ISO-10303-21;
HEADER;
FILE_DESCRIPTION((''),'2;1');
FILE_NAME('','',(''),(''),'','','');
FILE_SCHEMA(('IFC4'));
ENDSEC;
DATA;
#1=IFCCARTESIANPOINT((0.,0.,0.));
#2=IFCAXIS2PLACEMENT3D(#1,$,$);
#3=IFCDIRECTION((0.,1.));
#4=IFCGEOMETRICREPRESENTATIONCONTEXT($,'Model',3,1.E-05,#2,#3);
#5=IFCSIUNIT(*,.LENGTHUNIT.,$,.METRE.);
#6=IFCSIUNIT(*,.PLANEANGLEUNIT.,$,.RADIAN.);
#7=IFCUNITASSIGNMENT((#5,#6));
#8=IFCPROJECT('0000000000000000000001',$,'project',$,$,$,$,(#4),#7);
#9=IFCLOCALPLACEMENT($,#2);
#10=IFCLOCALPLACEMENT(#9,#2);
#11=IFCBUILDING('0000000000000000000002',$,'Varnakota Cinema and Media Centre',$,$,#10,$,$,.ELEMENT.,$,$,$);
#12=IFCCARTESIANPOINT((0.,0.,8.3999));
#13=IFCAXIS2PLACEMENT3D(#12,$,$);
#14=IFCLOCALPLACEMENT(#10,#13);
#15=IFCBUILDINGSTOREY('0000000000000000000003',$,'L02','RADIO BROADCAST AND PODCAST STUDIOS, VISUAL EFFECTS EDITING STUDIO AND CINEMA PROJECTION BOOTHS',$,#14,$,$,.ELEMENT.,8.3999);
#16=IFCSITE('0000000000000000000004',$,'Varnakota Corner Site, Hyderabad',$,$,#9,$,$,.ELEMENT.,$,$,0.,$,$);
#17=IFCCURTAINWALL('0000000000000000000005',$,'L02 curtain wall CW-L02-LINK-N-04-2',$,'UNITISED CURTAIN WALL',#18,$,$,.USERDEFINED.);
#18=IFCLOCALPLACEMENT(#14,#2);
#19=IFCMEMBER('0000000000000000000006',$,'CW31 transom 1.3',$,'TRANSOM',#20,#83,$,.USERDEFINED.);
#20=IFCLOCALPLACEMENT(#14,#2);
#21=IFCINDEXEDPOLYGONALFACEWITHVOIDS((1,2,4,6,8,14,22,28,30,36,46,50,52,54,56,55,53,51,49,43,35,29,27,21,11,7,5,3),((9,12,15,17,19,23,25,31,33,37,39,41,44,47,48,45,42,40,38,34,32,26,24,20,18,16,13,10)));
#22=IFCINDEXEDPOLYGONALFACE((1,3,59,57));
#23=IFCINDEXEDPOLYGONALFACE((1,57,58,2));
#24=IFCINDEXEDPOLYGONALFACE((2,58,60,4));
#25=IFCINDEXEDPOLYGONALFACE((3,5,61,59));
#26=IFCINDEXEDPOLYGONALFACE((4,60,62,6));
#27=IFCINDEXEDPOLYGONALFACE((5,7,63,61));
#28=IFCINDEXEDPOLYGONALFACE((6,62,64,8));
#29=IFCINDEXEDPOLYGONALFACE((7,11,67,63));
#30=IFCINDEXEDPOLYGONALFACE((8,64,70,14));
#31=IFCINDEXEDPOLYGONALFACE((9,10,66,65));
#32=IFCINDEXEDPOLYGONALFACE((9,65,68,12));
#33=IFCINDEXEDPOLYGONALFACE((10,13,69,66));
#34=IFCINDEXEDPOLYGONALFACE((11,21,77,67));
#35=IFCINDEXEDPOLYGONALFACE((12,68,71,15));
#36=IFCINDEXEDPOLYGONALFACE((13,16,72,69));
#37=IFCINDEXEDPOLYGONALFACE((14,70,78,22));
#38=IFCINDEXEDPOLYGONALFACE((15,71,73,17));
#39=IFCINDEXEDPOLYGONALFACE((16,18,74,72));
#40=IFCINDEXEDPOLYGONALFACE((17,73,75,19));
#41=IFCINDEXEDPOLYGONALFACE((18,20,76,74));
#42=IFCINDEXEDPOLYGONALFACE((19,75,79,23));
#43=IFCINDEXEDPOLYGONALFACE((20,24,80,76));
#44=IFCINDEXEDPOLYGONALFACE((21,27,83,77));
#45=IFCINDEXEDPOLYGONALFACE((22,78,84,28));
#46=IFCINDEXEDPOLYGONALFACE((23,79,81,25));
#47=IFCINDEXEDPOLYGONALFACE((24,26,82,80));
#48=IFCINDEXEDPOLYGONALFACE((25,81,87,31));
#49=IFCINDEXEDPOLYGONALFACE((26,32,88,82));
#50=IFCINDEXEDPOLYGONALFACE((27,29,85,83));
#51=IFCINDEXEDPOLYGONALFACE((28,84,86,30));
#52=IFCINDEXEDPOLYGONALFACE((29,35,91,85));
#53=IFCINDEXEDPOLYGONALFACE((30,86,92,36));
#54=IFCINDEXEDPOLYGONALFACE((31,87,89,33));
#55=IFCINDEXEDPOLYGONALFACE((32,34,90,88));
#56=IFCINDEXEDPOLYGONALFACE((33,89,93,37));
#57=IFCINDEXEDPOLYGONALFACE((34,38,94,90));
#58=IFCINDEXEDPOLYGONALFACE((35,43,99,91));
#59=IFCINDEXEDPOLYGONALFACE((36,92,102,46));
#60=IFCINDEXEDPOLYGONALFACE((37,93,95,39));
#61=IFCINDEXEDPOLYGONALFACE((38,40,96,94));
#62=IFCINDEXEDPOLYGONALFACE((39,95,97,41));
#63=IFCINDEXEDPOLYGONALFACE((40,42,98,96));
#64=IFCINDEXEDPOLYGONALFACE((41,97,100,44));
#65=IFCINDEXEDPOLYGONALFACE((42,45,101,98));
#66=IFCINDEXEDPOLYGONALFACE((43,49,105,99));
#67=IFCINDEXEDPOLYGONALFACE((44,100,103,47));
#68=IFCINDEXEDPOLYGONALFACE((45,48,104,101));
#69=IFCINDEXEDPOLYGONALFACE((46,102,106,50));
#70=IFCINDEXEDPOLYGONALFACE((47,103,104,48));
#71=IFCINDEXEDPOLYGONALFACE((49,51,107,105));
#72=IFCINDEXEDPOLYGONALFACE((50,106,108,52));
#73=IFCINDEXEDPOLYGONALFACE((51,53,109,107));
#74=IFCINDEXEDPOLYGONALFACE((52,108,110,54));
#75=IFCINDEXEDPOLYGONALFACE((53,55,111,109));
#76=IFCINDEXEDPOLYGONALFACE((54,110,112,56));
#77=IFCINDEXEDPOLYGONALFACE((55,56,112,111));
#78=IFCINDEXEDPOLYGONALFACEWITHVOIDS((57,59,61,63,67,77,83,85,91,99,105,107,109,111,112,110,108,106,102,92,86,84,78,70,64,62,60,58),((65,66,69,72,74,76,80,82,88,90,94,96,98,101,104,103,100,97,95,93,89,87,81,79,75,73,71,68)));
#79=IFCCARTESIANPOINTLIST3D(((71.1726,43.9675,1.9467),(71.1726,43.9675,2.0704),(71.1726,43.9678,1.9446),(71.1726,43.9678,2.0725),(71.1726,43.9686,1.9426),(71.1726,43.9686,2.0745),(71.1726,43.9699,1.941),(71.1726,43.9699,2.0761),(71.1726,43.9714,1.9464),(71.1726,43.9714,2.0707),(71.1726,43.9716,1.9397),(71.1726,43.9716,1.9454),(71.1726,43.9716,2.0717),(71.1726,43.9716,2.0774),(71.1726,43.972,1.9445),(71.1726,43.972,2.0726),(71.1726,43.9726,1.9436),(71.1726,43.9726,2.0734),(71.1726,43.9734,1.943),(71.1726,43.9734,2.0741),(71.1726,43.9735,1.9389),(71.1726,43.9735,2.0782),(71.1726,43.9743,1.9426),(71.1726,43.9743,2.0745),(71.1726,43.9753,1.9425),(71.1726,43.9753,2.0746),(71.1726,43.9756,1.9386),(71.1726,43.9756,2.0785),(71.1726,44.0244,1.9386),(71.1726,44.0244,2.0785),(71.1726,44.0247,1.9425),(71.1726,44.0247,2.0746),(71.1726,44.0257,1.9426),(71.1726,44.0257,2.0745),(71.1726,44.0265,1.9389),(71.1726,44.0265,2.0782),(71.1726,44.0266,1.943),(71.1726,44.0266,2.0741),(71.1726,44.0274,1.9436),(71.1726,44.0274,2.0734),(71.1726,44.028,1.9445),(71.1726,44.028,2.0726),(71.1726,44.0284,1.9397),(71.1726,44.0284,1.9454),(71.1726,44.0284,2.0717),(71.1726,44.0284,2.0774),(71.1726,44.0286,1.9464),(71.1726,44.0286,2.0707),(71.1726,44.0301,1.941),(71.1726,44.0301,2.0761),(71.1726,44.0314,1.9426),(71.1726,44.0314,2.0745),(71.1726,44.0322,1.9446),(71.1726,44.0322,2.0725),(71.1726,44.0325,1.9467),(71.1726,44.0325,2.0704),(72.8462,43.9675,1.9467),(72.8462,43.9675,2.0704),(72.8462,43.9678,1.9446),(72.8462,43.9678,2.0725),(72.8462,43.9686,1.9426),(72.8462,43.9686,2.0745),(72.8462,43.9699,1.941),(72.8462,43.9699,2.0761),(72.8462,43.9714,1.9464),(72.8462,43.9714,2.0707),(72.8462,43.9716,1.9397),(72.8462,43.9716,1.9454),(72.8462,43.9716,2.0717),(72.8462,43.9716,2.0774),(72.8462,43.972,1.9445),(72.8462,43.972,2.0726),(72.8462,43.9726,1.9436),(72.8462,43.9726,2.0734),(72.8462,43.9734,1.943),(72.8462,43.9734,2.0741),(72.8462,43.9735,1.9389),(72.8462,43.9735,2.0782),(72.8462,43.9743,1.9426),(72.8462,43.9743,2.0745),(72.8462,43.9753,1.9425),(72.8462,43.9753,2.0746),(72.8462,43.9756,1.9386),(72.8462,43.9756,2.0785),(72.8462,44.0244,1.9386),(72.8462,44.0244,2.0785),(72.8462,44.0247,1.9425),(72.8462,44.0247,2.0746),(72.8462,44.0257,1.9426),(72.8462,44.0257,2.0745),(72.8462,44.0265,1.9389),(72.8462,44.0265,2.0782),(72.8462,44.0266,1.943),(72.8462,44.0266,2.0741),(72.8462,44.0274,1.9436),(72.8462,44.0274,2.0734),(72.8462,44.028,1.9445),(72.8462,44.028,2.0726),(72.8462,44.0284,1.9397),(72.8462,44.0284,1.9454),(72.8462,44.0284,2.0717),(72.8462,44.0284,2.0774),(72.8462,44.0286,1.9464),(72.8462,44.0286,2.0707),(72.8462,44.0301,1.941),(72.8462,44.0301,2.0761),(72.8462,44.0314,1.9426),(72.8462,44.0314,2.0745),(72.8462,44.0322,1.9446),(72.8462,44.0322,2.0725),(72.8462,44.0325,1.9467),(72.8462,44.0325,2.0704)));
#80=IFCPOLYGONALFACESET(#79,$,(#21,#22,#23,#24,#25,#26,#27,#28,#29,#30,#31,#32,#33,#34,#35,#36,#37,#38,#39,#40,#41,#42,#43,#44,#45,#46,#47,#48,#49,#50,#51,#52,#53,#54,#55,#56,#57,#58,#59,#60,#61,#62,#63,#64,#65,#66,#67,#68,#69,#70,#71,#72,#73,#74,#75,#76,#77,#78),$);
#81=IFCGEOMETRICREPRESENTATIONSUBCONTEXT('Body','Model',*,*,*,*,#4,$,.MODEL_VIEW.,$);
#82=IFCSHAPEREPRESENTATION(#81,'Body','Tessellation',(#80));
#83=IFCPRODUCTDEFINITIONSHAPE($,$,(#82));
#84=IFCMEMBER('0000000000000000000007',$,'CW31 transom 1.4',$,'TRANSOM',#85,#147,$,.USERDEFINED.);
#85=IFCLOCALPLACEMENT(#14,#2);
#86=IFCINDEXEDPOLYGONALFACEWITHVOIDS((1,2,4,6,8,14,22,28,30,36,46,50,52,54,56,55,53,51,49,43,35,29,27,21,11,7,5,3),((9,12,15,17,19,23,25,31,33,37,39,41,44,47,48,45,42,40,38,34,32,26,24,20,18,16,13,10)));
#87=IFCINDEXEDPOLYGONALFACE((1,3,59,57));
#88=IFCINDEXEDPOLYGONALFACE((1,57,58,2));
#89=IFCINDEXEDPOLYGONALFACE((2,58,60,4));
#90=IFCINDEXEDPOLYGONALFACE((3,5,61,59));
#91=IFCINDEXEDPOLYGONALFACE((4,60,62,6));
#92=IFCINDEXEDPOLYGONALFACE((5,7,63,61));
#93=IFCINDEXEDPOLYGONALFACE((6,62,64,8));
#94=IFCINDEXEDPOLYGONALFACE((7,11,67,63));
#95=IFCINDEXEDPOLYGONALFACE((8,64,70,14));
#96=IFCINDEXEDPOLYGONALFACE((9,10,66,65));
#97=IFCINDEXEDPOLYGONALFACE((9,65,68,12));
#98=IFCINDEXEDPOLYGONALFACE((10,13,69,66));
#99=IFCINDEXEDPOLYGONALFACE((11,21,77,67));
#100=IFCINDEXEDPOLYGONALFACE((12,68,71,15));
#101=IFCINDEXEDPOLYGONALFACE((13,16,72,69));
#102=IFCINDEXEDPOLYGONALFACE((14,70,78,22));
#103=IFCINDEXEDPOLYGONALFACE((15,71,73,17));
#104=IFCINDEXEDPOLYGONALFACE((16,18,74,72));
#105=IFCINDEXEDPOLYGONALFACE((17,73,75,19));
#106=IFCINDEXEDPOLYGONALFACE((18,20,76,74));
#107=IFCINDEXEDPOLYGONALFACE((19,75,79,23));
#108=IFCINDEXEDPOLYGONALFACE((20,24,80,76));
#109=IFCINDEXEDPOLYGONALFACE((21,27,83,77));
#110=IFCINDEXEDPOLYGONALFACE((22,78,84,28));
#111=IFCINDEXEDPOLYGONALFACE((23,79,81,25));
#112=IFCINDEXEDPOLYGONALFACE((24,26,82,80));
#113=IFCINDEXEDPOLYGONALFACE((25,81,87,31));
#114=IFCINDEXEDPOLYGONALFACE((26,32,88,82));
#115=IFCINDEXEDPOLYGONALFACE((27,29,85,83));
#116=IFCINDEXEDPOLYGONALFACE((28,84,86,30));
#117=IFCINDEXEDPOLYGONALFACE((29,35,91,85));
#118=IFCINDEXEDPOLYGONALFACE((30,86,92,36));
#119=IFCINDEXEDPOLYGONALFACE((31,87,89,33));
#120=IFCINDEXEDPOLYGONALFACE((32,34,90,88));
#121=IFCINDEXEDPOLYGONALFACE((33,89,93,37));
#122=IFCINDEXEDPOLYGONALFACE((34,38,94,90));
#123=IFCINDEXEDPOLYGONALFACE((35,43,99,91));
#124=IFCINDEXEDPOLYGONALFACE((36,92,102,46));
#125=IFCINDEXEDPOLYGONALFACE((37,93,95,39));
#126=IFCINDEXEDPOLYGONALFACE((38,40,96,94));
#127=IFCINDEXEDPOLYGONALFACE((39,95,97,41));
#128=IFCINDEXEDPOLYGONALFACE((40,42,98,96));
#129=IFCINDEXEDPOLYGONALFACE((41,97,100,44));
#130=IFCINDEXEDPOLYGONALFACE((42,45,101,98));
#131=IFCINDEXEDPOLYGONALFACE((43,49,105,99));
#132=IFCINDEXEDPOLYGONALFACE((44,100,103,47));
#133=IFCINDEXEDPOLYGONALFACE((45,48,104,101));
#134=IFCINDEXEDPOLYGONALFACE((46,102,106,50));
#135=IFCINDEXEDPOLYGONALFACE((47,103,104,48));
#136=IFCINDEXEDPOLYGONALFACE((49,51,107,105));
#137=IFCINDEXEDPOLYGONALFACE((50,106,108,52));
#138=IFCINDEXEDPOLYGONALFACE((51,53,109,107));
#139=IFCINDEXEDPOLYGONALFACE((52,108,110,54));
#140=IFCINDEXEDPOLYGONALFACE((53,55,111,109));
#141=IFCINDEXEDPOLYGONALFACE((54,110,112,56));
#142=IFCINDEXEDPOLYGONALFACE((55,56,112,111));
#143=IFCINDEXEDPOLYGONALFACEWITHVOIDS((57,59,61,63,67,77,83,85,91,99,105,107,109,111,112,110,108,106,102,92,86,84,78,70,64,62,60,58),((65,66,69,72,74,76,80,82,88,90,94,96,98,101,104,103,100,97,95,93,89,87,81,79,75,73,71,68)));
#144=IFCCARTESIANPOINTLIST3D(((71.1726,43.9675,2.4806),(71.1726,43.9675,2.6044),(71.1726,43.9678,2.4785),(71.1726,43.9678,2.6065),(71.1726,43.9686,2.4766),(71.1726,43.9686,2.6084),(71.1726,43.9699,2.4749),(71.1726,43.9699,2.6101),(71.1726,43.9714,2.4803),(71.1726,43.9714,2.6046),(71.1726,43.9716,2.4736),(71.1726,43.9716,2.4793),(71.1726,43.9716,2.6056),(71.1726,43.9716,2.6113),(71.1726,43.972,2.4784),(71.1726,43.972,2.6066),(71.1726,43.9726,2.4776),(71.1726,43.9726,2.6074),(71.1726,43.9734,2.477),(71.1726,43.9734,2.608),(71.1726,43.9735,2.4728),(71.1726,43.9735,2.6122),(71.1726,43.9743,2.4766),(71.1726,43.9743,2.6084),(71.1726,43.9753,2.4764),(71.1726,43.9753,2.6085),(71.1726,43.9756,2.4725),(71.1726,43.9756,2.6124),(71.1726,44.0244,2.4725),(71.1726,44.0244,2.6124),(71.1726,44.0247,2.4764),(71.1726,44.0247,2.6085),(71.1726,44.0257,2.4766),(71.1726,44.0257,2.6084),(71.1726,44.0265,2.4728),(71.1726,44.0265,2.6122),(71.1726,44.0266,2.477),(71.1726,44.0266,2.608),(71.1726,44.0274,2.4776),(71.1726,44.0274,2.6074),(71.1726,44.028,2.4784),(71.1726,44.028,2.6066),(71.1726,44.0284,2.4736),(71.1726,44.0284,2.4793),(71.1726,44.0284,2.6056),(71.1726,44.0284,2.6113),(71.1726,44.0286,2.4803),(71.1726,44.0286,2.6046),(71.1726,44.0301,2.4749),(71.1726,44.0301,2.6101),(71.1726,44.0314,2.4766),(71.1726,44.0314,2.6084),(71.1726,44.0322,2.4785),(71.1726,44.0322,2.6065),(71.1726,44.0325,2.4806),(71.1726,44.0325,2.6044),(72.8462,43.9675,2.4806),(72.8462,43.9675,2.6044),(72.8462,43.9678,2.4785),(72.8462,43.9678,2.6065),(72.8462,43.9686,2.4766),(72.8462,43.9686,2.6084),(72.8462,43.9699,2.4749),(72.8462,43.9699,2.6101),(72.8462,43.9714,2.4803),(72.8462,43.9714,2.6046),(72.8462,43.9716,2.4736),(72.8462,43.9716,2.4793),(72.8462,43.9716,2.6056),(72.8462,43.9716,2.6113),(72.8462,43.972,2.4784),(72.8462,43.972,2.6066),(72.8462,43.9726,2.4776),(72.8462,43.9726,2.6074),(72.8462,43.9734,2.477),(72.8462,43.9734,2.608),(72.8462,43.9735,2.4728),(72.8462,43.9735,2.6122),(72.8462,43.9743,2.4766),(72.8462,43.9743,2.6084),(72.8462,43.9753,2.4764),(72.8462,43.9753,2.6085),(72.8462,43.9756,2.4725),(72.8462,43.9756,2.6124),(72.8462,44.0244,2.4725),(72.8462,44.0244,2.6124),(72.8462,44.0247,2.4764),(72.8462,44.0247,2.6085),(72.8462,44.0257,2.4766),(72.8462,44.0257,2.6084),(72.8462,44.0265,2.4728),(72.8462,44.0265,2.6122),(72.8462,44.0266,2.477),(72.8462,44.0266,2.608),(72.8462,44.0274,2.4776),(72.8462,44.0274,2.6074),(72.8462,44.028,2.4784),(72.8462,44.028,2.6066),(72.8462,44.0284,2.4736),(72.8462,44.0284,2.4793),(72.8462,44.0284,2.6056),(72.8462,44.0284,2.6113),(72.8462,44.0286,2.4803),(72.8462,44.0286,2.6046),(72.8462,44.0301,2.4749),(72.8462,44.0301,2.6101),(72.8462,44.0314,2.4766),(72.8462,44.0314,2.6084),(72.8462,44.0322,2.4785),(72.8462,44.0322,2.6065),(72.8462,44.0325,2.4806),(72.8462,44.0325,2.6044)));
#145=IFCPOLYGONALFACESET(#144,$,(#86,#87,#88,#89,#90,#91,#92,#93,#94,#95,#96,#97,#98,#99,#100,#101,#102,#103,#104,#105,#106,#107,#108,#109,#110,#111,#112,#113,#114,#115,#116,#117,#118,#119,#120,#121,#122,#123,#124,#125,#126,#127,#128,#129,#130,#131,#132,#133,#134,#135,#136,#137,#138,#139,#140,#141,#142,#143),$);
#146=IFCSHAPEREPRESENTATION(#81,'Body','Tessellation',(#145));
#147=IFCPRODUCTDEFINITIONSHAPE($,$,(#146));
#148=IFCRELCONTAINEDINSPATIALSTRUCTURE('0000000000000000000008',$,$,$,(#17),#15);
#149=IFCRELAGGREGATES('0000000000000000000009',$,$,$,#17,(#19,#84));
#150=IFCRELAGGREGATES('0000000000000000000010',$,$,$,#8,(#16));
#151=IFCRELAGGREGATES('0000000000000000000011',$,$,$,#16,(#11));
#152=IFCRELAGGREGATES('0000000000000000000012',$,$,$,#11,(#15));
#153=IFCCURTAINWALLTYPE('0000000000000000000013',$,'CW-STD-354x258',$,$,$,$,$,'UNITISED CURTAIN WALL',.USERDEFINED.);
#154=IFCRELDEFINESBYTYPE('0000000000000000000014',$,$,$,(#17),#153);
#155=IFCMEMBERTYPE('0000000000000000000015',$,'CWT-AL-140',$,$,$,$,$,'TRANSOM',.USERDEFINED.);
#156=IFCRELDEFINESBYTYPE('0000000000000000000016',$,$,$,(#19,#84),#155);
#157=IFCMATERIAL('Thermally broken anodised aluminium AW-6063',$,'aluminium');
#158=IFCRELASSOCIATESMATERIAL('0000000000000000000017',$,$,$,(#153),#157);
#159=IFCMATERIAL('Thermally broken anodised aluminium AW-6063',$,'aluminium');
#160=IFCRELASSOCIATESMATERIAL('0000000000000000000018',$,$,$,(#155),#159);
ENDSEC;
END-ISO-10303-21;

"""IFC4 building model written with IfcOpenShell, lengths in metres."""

from ifc_helpers import new_model, si_unit, direction, frame, origin, origin_2d, place, context, subcontext, project, spatial, hollow_rectangle, extrude, material, material_profile, profile_set, type_object, element, aggregate, save


model = new_model("IFC4")

# Units and contexts
model_context = context("Model", 3, precision=1e-05, world=origin(), true_north=direction((0.0, 1.0)))
body_context = subcontext(model_context, "Body", "Model", "MODEL_VIEW")
ifc_project = project(units=[si_unit("LENGTHUNIT", "METRE"), si_unit("PLANEANGLEUNIT", "RADIAN")], contexts=[model_context])

# Site, building, storey
site_placement = place(None, origin())
site = spatial("IfcSite", under=ifc_project, at=site_placement, Name="Varnakota Corner Site, Hyderabad", CompositionType="ELEMENT", RefElevation=0.0)
building_placement = place(site_placement, origin())
building = spatial("IfcBuilding", under=site, at=building_placement, Name="Varnakota Cinema and Media Centre", CompositionType="ELEMENT")
storey_placement = place(building_placement, frame((0.0, 0.0, 8.3999)))
storey = spatial("IfcBuildingStorey", under=building, at=storey_placement, Name="L02", Description="RADIO BROADCAST AND PODCAST STUDIOS, VISUAL EFFECTS EDITING STUDIO AND CINEMA PROJECTION BOOTHS", CompositionType="ELEMENT", Elevation=8.3999)

# Shared definitions
ifc_material_1 = material(Name="Thermally broken anodised aluminium AW-6063", Category="aluminium")
curtain_wall_type_1 = type_object("IfcCurtainWallType", Name="CW-STD-354x258", ElementType="UNITISED CURTAIN WALL", PredefinedType="USERDEFINED", material=ifc_material_1)

# Curtain wall
curtain_wall_1_placement = place(storey_placement, origin())
curtain_wall_1 = element("IfcCurtainWall", 1, at=curtain_wall_1_placement, inside=storey, type_object=curtain_wall_type_1, Name="L02 curtain wall CW-L02-LINK-N-04-2", ObjectType="UNITISED CURTAIN WALL", PredefinedType="USERDEFINED")

# Members
ifc_material_2 = material(Name="Thermally broken anodised aluminium AW-6063", Category="aluminium")
ifc_material_profile_1 = material_profile(ifc_material_2, hollow_rectangle(XDim=0.0649, YDim=0.1399, WallThickness=0.0039, InnerFilletRadius=0.0039, OuterFilletRadius=0.0081, at=origin_2d()), Name="AL-TRANSOM 140x65x4")
ifc_profile_set_1 = profile_set([ifc_material_profile_1], Name="Thermally broken anodised aluminium AW-6063")
member_type_1 = type_object("IfcMemberType", Name="CWT-AL-140", ElementType="TRANSOM", PredefinedType="USERDEFINED", material=ifc_profile_set_1)
member_1_placement = place(storey_placement, frame((71.1726, 44.0, 2.0085), z_axis=(1.0, 0.0, 0.0), x_axis=(0.0, 1.0, 0.0)))
member_1 = element("IfcMember", 2, at=member_1_placement, type_object=member_type_1, Name="CW31 transom 1.3", ObjectType="TRANSOM", PredefinedType="USERDEFINED", context=body_context, shape_type="SweptSolid", body=[
    extrude(hollow_rectangle(XDim=0.0649, YDim=0.1399, WallThickness=0.0039, InnerFilletRadius=0.0039, OuterFilletRadius=0.0081, at=origin_2d()), origin(), (0.0, 0.0, 1.0), 1.6736),
])
member_2_placement = place(storey_placement, frame((71.1726, 44.0, 2.5425), z_axis=(1.0, 0.0, 0.0), x_axis=(0.0, 1.0, 0.0)))
member_2 = element("IfcMember", 3, at=member_2_placement, type_object=member_type_1, Name="CW31 transom 1.4", ObjectType="TRANSOM", PredefinedType="USERDEFINED", context=body_context, shape_type="SweptSolid", body=[
    extrude(hollow_rectangle(XDim=0.0649, YDim=0.1399, WallThickness=0.0039, InnerFilletRadius=0.0039, OuterFilletRadius=0.0081, at=origin_2d()), origin(), (0.0, 0.0, 1.0), 1.6736),
])

aggregate(curtain_wall_1, [member_1, member_2])

save(model, "model.ifc")
